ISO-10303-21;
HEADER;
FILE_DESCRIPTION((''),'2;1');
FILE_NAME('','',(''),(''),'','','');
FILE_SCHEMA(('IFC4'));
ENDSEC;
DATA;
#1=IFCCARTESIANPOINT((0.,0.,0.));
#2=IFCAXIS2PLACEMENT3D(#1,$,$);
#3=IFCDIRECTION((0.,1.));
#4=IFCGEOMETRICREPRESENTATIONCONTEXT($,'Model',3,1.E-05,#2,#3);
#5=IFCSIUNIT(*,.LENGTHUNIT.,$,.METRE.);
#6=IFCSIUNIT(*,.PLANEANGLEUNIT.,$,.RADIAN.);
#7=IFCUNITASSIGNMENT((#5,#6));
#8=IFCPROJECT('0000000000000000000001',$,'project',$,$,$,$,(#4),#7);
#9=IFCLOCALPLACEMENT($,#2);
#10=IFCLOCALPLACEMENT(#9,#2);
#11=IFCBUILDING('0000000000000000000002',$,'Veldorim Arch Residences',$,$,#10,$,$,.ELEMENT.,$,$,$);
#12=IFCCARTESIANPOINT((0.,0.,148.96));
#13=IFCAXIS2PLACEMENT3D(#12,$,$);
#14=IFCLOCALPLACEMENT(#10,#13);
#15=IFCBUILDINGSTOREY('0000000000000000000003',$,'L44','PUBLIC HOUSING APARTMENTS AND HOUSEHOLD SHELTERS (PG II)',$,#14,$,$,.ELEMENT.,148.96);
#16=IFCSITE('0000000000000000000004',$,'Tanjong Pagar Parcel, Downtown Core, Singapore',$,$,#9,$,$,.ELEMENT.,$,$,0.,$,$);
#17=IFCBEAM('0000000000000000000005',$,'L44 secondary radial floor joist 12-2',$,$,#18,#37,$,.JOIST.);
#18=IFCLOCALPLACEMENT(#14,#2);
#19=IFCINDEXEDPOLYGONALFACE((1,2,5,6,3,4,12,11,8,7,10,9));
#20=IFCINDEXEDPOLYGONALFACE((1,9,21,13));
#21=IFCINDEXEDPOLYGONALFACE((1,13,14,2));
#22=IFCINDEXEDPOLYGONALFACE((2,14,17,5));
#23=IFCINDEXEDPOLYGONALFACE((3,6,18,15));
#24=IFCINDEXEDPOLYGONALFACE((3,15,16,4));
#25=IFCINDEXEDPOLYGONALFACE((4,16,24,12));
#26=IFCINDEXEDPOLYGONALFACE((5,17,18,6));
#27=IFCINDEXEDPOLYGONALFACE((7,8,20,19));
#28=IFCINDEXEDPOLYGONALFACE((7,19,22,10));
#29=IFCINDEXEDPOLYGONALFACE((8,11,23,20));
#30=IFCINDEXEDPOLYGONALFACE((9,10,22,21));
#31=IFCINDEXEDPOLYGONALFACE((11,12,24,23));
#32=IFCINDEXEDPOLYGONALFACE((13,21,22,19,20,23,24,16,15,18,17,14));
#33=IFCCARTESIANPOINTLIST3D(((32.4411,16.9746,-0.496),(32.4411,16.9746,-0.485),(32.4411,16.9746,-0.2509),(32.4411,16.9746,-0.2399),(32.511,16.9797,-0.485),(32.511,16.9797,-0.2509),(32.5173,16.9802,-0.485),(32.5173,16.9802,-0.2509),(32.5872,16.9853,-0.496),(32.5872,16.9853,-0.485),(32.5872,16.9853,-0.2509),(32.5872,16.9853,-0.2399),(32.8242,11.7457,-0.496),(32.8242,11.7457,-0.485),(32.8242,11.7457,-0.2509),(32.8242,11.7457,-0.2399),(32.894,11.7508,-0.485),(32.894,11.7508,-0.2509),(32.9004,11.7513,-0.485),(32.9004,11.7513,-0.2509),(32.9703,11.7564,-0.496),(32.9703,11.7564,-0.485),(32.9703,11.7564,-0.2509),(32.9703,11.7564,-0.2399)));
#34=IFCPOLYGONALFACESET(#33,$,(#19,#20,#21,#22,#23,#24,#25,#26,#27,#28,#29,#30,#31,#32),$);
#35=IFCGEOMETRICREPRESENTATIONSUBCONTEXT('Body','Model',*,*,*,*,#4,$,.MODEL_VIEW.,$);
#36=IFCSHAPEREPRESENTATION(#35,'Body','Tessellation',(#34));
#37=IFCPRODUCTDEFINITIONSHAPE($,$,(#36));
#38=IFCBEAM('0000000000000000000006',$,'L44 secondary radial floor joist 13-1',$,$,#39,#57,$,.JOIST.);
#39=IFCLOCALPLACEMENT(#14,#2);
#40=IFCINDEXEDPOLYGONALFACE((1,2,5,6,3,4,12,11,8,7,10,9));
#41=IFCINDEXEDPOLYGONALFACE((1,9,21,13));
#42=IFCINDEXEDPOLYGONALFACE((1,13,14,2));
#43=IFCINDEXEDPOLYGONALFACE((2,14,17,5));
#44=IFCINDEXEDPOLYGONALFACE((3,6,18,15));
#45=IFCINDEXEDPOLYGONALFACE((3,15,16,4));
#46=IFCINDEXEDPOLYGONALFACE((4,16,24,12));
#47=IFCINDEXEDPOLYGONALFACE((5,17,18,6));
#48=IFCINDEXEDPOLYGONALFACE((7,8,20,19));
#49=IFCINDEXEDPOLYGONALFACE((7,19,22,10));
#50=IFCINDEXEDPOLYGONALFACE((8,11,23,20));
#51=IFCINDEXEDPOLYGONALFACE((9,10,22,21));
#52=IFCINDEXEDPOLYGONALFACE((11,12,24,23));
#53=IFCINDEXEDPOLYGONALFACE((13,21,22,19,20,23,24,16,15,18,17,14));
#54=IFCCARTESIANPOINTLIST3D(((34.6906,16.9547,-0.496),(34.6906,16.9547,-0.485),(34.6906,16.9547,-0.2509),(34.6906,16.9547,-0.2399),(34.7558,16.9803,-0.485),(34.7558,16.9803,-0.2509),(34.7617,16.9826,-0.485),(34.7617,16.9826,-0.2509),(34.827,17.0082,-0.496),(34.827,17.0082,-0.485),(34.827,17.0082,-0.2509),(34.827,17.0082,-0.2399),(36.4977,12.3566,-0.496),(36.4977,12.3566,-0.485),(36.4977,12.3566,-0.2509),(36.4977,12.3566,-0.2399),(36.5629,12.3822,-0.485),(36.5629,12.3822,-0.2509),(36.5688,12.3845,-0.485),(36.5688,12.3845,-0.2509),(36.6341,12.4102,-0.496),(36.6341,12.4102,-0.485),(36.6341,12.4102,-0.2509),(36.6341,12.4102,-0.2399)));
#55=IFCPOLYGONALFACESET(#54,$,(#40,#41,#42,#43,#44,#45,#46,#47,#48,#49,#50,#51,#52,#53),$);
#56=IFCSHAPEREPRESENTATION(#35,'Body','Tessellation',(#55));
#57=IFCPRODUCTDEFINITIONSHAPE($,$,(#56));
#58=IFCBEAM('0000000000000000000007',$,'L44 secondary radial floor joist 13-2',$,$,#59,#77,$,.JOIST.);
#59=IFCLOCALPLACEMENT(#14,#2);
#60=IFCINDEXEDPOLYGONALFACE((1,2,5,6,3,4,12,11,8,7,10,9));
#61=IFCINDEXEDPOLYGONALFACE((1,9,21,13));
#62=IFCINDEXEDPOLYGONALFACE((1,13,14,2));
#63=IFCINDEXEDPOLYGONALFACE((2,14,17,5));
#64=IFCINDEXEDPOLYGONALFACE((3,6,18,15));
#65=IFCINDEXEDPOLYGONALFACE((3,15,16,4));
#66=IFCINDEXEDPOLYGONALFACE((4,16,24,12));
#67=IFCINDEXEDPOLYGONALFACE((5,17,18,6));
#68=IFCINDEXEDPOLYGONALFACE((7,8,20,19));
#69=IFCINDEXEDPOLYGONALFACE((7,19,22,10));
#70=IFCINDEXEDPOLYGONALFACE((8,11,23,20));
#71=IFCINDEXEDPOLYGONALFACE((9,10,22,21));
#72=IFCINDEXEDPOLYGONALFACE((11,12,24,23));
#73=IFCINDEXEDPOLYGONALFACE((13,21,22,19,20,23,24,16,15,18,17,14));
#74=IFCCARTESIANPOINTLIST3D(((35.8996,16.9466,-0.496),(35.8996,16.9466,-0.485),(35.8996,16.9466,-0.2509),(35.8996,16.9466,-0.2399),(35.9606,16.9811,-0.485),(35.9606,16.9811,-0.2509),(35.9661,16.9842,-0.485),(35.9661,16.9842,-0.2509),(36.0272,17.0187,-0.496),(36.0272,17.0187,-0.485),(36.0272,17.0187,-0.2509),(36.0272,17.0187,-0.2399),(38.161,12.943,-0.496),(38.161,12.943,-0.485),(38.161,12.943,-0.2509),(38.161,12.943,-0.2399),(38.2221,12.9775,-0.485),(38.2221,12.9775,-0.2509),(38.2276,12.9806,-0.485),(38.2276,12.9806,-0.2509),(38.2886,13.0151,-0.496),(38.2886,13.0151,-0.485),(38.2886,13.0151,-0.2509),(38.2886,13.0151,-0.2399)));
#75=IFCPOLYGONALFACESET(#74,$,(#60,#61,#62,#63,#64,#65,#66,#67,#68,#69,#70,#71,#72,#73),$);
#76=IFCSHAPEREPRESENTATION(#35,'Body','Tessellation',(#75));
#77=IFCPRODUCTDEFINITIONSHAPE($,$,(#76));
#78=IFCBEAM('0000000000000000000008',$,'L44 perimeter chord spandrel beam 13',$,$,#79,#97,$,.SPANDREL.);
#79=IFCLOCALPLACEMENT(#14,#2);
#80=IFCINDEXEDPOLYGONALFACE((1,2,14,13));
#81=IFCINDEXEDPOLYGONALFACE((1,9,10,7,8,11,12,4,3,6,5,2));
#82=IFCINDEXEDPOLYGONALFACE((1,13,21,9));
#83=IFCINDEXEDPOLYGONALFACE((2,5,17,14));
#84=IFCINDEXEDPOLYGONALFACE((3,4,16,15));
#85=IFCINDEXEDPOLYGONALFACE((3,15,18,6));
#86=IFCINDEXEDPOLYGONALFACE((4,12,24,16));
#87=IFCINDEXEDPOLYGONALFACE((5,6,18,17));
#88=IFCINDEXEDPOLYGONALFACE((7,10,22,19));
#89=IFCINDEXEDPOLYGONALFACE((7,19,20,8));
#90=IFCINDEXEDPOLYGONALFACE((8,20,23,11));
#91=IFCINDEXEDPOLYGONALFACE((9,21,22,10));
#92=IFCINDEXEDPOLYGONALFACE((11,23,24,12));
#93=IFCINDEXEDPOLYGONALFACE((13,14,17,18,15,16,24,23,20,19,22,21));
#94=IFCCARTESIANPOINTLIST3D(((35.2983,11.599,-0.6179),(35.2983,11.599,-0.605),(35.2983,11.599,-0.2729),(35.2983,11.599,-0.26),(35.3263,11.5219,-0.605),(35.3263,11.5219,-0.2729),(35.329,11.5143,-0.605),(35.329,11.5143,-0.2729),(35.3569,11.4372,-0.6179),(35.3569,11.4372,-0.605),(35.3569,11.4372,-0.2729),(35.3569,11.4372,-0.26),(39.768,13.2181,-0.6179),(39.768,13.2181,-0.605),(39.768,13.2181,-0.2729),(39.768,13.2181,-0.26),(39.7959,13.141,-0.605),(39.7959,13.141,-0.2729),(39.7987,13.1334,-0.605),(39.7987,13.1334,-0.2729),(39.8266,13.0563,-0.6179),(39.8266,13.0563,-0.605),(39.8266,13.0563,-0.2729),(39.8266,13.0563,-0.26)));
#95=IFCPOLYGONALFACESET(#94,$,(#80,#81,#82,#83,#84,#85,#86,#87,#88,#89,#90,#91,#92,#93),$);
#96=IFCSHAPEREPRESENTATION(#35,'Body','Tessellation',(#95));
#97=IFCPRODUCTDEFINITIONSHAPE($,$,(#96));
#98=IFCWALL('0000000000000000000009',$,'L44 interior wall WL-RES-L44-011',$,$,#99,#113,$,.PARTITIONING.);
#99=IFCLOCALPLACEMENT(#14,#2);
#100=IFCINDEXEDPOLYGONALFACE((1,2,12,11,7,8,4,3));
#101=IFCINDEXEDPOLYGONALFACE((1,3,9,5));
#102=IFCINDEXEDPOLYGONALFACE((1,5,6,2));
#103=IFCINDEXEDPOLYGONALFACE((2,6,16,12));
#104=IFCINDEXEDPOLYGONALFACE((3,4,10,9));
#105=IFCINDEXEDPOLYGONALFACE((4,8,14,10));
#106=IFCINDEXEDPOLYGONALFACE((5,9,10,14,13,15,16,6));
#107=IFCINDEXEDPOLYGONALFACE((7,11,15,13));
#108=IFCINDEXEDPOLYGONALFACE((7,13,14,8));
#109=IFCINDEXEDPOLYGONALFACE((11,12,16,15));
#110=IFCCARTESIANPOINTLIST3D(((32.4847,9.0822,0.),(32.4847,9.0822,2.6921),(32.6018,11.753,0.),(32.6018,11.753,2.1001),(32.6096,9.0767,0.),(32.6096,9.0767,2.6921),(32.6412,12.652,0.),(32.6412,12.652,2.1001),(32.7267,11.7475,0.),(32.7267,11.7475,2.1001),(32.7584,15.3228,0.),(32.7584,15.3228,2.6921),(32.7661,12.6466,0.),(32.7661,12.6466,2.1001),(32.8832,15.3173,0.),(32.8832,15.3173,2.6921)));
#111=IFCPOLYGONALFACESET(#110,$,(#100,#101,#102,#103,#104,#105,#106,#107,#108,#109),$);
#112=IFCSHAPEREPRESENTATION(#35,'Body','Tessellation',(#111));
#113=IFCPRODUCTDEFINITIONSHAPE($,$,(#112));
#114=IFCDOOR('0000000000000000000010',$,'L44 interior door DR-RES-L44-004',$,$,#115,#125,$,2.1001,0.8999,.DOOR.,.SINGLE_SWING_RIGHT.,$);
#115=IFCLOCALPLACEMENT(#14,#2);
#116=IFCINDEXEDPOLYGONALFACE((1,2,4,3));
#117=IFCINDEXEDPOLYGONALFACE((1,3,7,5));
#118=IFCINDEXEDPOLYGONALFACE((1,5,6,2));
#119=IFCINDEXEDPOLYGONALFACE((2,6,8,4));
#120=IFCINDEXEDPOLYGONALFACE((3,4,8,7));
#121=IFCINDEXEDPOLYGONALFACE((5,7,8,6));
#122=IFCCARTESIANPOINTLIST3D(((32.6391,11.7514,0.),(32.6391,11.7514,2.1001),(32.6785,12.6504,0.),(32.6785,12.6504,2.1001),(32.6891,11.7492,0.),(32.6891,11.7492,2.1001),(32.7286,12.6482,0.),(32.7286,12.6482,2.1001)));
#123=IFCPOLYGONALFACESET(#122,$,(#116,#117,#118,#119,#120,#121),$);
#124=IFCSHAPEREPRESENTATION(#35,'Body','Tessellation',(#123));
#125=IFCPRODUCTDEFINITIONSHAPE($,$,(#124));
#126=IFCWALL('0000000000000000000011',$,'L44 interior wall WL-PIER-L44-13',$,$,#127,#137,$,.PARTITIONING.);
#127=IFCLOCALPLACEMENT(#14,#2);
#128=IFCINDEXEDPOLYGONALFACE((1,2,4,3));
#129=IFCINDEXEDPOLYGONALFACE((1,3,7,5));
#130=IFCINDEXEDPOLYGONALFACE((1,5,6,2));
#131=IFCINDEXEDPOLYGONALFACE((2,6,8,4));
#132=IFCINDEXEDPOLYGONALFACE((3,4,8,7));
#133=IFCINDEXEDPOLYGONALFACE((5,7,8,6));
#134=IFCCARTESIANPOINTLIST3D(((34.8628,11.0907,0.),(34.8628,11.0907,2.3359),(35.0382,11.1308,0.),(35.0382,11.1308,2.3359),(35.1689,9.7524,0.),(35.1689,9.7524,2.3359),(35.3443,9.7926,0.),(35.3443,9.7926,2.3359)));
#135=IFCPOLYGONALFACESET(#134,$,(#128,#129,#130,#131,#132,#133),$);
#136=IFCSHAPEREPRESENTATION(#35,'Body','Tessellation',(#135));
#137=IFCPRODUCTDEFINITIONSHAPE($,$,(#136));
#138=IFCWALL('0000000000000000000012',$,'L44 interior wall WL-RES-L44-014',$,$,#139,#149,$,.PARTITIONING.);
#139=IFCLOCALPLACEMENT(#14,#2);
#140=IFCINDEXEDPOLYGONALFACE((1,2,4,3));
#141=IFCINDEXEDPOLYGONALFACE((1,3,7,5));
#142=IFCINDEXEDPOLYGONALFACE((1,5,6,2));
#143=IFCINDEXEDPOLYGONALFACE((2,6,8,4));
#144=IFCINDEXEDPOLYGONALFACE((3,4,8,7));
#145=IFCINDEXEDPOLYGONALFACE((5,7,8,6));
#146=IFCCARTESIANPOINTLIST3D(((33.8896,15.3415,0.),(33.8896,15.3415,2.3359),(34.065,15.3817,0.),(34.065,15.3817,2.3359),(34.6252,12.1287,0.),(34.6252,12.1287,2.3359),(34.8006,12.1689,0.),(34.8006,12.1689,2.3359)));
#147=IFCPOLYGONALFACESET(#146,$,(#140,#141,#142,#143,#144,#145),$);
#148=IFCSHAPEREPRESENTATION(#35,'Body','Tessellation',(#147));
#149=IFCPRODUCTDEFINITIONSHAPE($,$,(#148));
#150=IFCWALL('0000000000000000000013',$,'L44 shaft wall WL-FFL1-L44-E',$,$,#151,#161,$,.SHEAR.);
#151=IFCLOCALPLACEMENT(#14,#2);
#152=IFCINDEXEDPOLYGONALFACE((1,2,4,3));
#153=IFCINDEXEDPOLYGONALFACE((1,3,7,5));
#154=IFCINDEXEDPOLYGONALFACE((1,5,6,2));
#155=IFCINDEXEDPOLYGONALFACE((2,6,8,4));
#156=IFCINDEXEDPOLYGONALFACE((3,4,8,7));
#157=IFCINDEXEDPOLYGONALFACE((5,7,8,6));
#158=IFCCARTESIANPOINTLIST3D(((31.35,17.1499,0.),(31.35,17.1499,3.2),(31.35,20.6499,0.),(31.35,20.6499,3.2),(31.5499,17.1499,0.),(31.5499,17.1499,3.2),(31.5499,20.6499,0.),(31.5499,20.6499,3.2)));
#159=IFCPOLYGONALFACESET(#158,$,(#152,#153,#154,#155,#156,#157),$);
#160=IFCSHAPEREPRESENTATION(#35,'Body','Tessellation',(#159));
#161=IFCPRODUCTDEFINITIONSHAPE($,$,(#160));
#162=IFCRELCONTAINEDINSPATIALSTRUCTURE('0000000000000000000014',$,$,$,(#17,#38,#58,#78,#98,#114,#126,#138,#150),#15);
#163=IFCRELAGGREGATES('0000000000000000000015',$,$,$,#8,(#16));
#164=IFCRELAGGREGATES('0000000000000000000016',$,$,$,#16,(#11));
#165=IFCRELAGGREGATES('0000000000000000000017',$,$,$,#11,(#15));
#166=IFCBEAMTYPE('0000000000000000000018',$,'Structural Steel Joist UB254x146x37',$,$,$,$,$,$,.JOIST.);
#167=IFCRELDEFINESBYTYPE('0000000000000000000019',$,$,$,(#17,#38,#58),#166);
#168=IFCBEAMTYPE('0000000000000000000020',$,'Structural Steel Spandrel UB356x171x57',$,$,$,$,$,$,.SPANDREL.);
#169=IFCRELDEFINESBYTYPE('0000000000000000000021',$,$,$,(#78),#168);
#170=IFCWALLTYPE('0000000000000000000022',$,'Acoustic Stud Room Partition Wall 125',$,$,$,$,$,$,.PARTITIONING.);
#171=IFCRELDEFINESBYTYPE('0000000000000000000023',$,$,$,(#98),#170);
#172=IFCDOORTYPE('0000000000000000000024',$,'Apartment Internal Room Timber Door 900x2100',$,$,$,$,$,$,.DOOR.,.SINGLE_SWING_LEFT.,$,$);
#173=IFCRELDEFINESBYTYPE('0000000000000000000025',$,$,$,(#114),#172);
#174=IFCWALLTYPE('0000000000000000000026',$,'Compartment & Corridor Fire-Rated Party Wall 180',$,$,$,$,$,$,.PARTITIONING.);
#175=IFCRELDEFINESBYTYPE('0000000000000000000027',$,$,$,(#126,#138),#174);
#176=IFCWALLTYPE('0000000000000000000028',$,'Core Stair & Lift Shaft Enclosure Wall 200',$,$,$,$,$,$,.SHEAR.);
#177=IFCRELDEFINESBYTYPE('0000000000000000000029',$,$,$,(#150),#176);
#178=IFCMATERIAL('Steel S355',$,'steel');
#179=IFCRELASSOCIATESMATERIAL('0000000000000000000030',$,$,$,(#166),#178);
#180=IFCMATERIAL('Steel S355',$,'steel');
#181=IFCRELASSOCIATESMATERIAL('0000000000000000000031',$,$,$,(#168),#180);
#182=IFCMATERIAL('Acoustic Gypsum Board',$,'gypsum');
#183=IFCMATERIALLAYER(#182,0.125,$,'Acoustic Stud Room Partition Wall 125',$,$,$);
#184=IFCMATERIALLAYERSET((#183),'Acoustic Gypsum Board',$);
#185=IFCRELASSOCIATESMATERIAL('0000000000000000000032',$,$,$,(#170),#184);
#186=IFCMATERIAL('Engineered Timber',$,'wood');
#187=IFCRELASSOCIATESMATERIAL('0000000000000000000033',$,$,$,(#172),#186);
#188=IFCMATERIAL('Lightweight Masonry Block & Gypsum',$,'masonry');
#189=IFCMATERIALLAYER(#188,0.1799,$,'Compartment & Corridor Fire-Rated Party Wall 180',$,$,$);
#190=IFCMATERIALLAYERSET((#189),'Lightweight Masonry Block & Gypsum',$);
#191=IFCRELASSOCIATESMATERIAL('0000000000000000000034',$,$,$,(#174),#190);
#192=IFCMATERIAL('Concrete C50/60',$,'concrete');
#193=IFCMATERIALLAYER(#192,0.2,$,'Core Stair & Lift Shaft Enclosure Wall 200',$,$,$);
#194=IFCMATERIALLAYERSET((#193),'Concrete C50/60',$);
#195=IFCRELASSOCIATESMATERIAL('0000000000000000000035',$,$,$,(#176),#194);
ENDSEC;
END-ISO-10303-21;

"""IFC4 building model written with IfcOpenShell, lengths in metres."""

from ifc_helpers import new_model, si_unit, direction, frame, frame_2d, origin, origin_2d, place, context, subcontext, project, spatial, rectangle, i_section, extrude, material, layer, layer_set, material_profile, profile_set, type_object, element, fill, save


model = new_model("IFC4")

# Units and contexts
model_context = context("Model", 3, precision=1e-05, world=origin(), true_north=direction((0.0, 1.0)))
body_context = subcontext(model_context, "Body", "Model", "MODEL_VIEW")
ifc_project = project(units=[si_unit("LENGTHUNIT", "METRE"), si_unit("PLANEANGLEUNIT", "RADIAN")], contexts=[model_context])

# Site, building, storey
site_placement = place(None, origin())
site = spatial("IfcSite", under=ifc_project, at=site_placement, Name="Tanjong Pagar Parcel, Downtown Core, Singapore", CompositionType="ELEMENT", RefElevation=0.0)
building_placement = place(site_placement, origin())
building = spatial("IfcBuilding", under=site, at=building_placement, Name="Veldorim Arch Residences", CompositionType="ELEMENT")
storey_placement = place(building_placement, frame((0.0, 0.0, 148.96)))
storey = spatial("IfcBuildingStorey", under=building, at=storey_placement, Name="L44", Description="PUBLIC HOUSING APARTMENTS AND HOUSEHOLD SHELTERS (PG II)", CompositionType="ELEMENT", Elevation=148.96)

# Beams
ifc_material_1 = material(Name="Steel S355", Category="steel")
ifc_material_profile_1 = material_profile(ifc_material_1, i_section(OverallWidth=0.1465, OverallDepth=0.2561, WebThickness=0.0063, FlangeThickness=0.011, at=origin_2d()), Name="UB254x146x37")
ifc_profile_set_1 = profile_set([ifc_material_profile_1], Name="Steel S355")
beam_type_1 = type_object("IfcBeamType", Name="Structural Steel Joist UB254x146x37", PredefinedType="JOIST", material=ifc_profile_set_1)
for number, where, z_axis, x_axis, name in (
    (1, (32.5142, 16.98, -0.3679), (0.07306, -0.997328, 0.0), (0.997328, 0.07306, 0.0), "L44 secondary radial floor joist 12-2"),
):
    element("IfcBeam", number, at=place(storey_placement, frame(where, z_axis=z_axis, x_axis=x_axis)), inside=storey, type_object=beam_type_1, Name=name, PredefinedType="JOIST", context=body_context, shape_type="SweptSolid", body=[
        extrude(i_section(OverallWidth=0.1465, OverallDepth=0.2561, WebThickness=0.0063, FlangeThickness=0.011, at=origin_2d()), origin(), (0.0, 0.0, 1.0), 5.2429),
    ])
beam_1_placement = place(storey_placement, frame((34.7588, 16.9814, -0.3679), z_axis=(0.365778, -0.930702, 0.0), x_axis=(0.930702, 0.365778, 0.0)))
element("IfcBeam", 2, at=beam_1_placement, inside=storey, type_object=beam_type_1, Name="L44 secondary radial floor joist 13-1", PredefinedType="JOIST", context=body_context, shape_type="SweptSolid", body=[
    extrude(i_section(OverallWidth=0.1465, OverallDepth=0.2561, WebThickness=0.0063, FlangeThickness=0.011, at=origin_2d()), origin(), (0.0, 0.0, 1.0), 4.9404),
])
beam_2_placement = place(storey_placement, frame((35.9634, 16.9827, -0.3679), z_axis=(0.491816, -0.870699, 0.0), x_axis=(0.870699, 0.491816, 0.0)))
element("IfcBeam", 3, at=beam_2_placement, inside=storey, type_object=beam_type_1, Name="L44 secondary radial floor joist 13-2", PredefinedType="JOIST", context=body_context, shape_type="SweptSolid", body=[
    extrude(i_section(OverallWidth=0.1465, OverallDepth=0.2561, WebThickness=0.0063, FlangeThickness=0.011, at=origin_2d()), origin(), (0.0, 0.0, 1.0), 4.5981),
])
ifc_material_2 = material(Name="Steel S355", Category="steel")
ifc_material_profile_2 = material_profile(ifc_material_2, i_section(OverallWidth=0.1721, OverallDepth=0.3579, WebThickness=0.0081, FlangeThickness=0.0129, at=origin_2d()), Name="UB356x171x57")
ifc_profile_set_2 = profile_set([ifc_material_profile_2], Name="Steel S355")
beam_type_2 = type_object("IfcBeamType", Name="Structural Steel Spandrel UB356x171x57", PredefinedType="SPANDREL", material=ifc_profile_set_2)
beam_3_placement = place(storey_placement, frame((35.3276, 11.5181, -0.439), z_axis=(0.940213, 0.340588, 0.0), x_axis=(-0.340588, 0.940213, 0.0)))
element("IfcBeam", 4, at=beam_3_placement, inside=storey, type_object=beam_type_2, Name="L44 perimeter chord spandrel beam 13", PredefinedType="SPANDREL", context=body_context, shape_type="SweptSolid", body=[
    extrude(i_section(OverallWidth=0.1721, OverallDepth=0.3579, WebThickness=0.0081, FlangeThickness=0.0129, at=origin_2d()), origin(), (0.0, 0.0, 1.0), 4.7539),
])

# Wall, opening, door
ifc_material_3 = material(Name="Acoustic Gypsum Board", Category="gypsum")
ifc_layer_1 = layer(ifc_material_3, 0.125, Name="Acoustic Stud Room Partition Wall 125")
ifc_layer_set_1 = layer_set([ifc_layer_1], Name="Acoustic Gypsum Board")
wall_type_1 = type_object("IfcWallType", Name="Acoustic Stud Room Partition Wall 125", PredefinedType="PARTITIONING", material=ifc_layer_set_1)
wall_1_placement = place(storey_placement, frame((32.8208, 15.3201, 0.0), z_axis=(0.0, 0.0, 1.0), x_axis=(-0.043814, -0.99904, 0.0)))
wall_1 = element("IfcWall", 5, at=wall_1_placement, inside=storey, type_object=wall_type_1, Name="L44 interior wall WL-RES-L44-011", PredefinedType="PARTITIONING", context=body_context, shape_type="SweptSolid", body=[
    extrude(rectangle(XDim=6.2466, YDim=0.125, at=frame_2d((3.1233, 0.0))), origin(), (0.0, 0.0, 1.0), 2.6921),
])
opening_1_placement = place(wall_1_placement, frame((2.6733, 0.0, 0.0)))
opening_1 = element("IfcOpeningElement", 6, at=opening_1_placement, cuts=wall_1, PredefinedType="OPENING", context=body_context, shape_type="SweptSolid", body=[
    extrude(rectangle(XDim=0.8999, YDim=2.1001, at=frame_2d((0.45, 1.05))), frame((0.0, 0.0725, 0.0), z_axis=(0.0, -1.0, 0.0), x_axis=(1.0, 0.0, 0.0)), (0.0, 0.0, 1.0), 0.145),
])
ifc_material_4 = material(Name="Engineered Timber", Category="wood")
door_type_1 = type_object("IfcDoorType", Name="Apartment Internal Room Timber Door 900x2100", OperationType="SINGLE_SWING_LEFT", PredefinedType="DOOR", material=ifc_material_4)
door_1_placement = place(opening_1_placement, origin())
door_1 = element("IfcDoor", 7, at=door_1_placement, inside=storey, type_object=door_type_1, Name="L44 interior door DR-RES-L44-004", OperationType="SINGLE_SWING_RIGHT", OverallHeight=2.1001, OverallWidth=0.8999, PredefinedType="DOOR", context=body_context, shape_type="SweptSolid", body=[
    extrude(rectangle(XDim=0.8999, YDim=2.1001, at=frame_2d((0.45, 1.05))), frame((0.0, 0.0249, 0.0), z_axis=(0.0, -1.0, 0.0), x_axis=(1.0, 0.0, 0.0)), (0.0, 0.0, 1.0), 0.05),
])
fill(opening_1, door_1)

# Walls
ifc_material_5 = material(Name="Lightweight Masonry Block & Gypsum", Category="masonry")
ifc_layer_2 = layer(ifc_material_5, 0.1799, Name="Compartment & Corridor Fire-Rated Party Wall 180")
ifc_layer_set_2 = layer_set([ifc_layer_2], Name="Lightweight Masonry Block & Gypsum")
wall_type_2 = type_object("IfcWallType", Name="Compartment & Corridor Fire-Rated Party Wall 180", PredefinedType="PARTITIONING", material=ifc_layer_set_2)
wall_2_placement = place(storey_placement, frame((34.9504, 11.1108, 0.0), z_axis=(0.0, 0.0, 1.0), x_axis=(0.223028, -0.974812, 0.0)))
element("IfcWall", 8, at=wall_2_placement, inside=storey, type_object=wall_type_2, Name="L44 interior wall WL-PIER-L44-13", PredefinedType="PARTITIONING", context=body_context, shape_type="SweptSolid", body=[
    extrude(rectangle(XDim=1.3728, YDim=0.1799, at=frame_2d((0.6865, 0.0))), origin(), (0.0, 0.0, 1.0), 2.3359),
])
wall_3_placement = place(storey_placement, frame((33.9773, 15.3616, 0.0), z_axis=(0.0, 0.0, 1.0), x_axis=(0.223193, -0.974774, 0.0)))
element("IfcWall", 9, at=wall_3_placement, inside=storey, type_object=wall_type_2, Name="L44 interior wall WL-RES-L44-014", PredefinedType="PARTITIONING", context=body_context, shape_type="SweptSolid", body=[
    extrude(rectangle(XDim=3.2959, YDim=0.1799, at=frame_2d((1.6479, 0.0))), origin(), (0.0, 0.0, 1.0), 2.3359),
])
ifc_material_6 = material(Name="Concrete C50/60", Category="concrete")
ifc_layer_3 = layer(ifc_material_6, 0.2, Name="Core Stair & Lift Shaft Enclosure Wall 200")
ifc_layer_set_3 = layer_set([ifc_layer_3], Name="Concrete C50/60")
wall_type_3 = type_object("IfcWallType", Name="Core Stair & Lift Shaft Enclosure Wall 200", PredefinedType="SHEAR", material=ifc_layer_set_3)
wall_4_placement = place(storey_placement, frame((31.45, 17.1499, 0.0), z_axis=(0.0, 0.0, 1.0), x_axis=(0.0, 1.0, 0.0)))
element("IfcWall", 10, at=wall_4_placement, inside=storey, type_object=wall_type_3, Name="L44 shaft wall WL-FFL1-L44-E", PredefinedType="SHEAR", context=body_context, shape_type="SweptSolid", body=[
    extrude(rectangle(XDim=3.5, YDim=0.2, at=frame_2d((1.75, 0.0))), origin(), (0.0, 0.0, 1.0), 3.2),
])

save(model, "model.ifc")
